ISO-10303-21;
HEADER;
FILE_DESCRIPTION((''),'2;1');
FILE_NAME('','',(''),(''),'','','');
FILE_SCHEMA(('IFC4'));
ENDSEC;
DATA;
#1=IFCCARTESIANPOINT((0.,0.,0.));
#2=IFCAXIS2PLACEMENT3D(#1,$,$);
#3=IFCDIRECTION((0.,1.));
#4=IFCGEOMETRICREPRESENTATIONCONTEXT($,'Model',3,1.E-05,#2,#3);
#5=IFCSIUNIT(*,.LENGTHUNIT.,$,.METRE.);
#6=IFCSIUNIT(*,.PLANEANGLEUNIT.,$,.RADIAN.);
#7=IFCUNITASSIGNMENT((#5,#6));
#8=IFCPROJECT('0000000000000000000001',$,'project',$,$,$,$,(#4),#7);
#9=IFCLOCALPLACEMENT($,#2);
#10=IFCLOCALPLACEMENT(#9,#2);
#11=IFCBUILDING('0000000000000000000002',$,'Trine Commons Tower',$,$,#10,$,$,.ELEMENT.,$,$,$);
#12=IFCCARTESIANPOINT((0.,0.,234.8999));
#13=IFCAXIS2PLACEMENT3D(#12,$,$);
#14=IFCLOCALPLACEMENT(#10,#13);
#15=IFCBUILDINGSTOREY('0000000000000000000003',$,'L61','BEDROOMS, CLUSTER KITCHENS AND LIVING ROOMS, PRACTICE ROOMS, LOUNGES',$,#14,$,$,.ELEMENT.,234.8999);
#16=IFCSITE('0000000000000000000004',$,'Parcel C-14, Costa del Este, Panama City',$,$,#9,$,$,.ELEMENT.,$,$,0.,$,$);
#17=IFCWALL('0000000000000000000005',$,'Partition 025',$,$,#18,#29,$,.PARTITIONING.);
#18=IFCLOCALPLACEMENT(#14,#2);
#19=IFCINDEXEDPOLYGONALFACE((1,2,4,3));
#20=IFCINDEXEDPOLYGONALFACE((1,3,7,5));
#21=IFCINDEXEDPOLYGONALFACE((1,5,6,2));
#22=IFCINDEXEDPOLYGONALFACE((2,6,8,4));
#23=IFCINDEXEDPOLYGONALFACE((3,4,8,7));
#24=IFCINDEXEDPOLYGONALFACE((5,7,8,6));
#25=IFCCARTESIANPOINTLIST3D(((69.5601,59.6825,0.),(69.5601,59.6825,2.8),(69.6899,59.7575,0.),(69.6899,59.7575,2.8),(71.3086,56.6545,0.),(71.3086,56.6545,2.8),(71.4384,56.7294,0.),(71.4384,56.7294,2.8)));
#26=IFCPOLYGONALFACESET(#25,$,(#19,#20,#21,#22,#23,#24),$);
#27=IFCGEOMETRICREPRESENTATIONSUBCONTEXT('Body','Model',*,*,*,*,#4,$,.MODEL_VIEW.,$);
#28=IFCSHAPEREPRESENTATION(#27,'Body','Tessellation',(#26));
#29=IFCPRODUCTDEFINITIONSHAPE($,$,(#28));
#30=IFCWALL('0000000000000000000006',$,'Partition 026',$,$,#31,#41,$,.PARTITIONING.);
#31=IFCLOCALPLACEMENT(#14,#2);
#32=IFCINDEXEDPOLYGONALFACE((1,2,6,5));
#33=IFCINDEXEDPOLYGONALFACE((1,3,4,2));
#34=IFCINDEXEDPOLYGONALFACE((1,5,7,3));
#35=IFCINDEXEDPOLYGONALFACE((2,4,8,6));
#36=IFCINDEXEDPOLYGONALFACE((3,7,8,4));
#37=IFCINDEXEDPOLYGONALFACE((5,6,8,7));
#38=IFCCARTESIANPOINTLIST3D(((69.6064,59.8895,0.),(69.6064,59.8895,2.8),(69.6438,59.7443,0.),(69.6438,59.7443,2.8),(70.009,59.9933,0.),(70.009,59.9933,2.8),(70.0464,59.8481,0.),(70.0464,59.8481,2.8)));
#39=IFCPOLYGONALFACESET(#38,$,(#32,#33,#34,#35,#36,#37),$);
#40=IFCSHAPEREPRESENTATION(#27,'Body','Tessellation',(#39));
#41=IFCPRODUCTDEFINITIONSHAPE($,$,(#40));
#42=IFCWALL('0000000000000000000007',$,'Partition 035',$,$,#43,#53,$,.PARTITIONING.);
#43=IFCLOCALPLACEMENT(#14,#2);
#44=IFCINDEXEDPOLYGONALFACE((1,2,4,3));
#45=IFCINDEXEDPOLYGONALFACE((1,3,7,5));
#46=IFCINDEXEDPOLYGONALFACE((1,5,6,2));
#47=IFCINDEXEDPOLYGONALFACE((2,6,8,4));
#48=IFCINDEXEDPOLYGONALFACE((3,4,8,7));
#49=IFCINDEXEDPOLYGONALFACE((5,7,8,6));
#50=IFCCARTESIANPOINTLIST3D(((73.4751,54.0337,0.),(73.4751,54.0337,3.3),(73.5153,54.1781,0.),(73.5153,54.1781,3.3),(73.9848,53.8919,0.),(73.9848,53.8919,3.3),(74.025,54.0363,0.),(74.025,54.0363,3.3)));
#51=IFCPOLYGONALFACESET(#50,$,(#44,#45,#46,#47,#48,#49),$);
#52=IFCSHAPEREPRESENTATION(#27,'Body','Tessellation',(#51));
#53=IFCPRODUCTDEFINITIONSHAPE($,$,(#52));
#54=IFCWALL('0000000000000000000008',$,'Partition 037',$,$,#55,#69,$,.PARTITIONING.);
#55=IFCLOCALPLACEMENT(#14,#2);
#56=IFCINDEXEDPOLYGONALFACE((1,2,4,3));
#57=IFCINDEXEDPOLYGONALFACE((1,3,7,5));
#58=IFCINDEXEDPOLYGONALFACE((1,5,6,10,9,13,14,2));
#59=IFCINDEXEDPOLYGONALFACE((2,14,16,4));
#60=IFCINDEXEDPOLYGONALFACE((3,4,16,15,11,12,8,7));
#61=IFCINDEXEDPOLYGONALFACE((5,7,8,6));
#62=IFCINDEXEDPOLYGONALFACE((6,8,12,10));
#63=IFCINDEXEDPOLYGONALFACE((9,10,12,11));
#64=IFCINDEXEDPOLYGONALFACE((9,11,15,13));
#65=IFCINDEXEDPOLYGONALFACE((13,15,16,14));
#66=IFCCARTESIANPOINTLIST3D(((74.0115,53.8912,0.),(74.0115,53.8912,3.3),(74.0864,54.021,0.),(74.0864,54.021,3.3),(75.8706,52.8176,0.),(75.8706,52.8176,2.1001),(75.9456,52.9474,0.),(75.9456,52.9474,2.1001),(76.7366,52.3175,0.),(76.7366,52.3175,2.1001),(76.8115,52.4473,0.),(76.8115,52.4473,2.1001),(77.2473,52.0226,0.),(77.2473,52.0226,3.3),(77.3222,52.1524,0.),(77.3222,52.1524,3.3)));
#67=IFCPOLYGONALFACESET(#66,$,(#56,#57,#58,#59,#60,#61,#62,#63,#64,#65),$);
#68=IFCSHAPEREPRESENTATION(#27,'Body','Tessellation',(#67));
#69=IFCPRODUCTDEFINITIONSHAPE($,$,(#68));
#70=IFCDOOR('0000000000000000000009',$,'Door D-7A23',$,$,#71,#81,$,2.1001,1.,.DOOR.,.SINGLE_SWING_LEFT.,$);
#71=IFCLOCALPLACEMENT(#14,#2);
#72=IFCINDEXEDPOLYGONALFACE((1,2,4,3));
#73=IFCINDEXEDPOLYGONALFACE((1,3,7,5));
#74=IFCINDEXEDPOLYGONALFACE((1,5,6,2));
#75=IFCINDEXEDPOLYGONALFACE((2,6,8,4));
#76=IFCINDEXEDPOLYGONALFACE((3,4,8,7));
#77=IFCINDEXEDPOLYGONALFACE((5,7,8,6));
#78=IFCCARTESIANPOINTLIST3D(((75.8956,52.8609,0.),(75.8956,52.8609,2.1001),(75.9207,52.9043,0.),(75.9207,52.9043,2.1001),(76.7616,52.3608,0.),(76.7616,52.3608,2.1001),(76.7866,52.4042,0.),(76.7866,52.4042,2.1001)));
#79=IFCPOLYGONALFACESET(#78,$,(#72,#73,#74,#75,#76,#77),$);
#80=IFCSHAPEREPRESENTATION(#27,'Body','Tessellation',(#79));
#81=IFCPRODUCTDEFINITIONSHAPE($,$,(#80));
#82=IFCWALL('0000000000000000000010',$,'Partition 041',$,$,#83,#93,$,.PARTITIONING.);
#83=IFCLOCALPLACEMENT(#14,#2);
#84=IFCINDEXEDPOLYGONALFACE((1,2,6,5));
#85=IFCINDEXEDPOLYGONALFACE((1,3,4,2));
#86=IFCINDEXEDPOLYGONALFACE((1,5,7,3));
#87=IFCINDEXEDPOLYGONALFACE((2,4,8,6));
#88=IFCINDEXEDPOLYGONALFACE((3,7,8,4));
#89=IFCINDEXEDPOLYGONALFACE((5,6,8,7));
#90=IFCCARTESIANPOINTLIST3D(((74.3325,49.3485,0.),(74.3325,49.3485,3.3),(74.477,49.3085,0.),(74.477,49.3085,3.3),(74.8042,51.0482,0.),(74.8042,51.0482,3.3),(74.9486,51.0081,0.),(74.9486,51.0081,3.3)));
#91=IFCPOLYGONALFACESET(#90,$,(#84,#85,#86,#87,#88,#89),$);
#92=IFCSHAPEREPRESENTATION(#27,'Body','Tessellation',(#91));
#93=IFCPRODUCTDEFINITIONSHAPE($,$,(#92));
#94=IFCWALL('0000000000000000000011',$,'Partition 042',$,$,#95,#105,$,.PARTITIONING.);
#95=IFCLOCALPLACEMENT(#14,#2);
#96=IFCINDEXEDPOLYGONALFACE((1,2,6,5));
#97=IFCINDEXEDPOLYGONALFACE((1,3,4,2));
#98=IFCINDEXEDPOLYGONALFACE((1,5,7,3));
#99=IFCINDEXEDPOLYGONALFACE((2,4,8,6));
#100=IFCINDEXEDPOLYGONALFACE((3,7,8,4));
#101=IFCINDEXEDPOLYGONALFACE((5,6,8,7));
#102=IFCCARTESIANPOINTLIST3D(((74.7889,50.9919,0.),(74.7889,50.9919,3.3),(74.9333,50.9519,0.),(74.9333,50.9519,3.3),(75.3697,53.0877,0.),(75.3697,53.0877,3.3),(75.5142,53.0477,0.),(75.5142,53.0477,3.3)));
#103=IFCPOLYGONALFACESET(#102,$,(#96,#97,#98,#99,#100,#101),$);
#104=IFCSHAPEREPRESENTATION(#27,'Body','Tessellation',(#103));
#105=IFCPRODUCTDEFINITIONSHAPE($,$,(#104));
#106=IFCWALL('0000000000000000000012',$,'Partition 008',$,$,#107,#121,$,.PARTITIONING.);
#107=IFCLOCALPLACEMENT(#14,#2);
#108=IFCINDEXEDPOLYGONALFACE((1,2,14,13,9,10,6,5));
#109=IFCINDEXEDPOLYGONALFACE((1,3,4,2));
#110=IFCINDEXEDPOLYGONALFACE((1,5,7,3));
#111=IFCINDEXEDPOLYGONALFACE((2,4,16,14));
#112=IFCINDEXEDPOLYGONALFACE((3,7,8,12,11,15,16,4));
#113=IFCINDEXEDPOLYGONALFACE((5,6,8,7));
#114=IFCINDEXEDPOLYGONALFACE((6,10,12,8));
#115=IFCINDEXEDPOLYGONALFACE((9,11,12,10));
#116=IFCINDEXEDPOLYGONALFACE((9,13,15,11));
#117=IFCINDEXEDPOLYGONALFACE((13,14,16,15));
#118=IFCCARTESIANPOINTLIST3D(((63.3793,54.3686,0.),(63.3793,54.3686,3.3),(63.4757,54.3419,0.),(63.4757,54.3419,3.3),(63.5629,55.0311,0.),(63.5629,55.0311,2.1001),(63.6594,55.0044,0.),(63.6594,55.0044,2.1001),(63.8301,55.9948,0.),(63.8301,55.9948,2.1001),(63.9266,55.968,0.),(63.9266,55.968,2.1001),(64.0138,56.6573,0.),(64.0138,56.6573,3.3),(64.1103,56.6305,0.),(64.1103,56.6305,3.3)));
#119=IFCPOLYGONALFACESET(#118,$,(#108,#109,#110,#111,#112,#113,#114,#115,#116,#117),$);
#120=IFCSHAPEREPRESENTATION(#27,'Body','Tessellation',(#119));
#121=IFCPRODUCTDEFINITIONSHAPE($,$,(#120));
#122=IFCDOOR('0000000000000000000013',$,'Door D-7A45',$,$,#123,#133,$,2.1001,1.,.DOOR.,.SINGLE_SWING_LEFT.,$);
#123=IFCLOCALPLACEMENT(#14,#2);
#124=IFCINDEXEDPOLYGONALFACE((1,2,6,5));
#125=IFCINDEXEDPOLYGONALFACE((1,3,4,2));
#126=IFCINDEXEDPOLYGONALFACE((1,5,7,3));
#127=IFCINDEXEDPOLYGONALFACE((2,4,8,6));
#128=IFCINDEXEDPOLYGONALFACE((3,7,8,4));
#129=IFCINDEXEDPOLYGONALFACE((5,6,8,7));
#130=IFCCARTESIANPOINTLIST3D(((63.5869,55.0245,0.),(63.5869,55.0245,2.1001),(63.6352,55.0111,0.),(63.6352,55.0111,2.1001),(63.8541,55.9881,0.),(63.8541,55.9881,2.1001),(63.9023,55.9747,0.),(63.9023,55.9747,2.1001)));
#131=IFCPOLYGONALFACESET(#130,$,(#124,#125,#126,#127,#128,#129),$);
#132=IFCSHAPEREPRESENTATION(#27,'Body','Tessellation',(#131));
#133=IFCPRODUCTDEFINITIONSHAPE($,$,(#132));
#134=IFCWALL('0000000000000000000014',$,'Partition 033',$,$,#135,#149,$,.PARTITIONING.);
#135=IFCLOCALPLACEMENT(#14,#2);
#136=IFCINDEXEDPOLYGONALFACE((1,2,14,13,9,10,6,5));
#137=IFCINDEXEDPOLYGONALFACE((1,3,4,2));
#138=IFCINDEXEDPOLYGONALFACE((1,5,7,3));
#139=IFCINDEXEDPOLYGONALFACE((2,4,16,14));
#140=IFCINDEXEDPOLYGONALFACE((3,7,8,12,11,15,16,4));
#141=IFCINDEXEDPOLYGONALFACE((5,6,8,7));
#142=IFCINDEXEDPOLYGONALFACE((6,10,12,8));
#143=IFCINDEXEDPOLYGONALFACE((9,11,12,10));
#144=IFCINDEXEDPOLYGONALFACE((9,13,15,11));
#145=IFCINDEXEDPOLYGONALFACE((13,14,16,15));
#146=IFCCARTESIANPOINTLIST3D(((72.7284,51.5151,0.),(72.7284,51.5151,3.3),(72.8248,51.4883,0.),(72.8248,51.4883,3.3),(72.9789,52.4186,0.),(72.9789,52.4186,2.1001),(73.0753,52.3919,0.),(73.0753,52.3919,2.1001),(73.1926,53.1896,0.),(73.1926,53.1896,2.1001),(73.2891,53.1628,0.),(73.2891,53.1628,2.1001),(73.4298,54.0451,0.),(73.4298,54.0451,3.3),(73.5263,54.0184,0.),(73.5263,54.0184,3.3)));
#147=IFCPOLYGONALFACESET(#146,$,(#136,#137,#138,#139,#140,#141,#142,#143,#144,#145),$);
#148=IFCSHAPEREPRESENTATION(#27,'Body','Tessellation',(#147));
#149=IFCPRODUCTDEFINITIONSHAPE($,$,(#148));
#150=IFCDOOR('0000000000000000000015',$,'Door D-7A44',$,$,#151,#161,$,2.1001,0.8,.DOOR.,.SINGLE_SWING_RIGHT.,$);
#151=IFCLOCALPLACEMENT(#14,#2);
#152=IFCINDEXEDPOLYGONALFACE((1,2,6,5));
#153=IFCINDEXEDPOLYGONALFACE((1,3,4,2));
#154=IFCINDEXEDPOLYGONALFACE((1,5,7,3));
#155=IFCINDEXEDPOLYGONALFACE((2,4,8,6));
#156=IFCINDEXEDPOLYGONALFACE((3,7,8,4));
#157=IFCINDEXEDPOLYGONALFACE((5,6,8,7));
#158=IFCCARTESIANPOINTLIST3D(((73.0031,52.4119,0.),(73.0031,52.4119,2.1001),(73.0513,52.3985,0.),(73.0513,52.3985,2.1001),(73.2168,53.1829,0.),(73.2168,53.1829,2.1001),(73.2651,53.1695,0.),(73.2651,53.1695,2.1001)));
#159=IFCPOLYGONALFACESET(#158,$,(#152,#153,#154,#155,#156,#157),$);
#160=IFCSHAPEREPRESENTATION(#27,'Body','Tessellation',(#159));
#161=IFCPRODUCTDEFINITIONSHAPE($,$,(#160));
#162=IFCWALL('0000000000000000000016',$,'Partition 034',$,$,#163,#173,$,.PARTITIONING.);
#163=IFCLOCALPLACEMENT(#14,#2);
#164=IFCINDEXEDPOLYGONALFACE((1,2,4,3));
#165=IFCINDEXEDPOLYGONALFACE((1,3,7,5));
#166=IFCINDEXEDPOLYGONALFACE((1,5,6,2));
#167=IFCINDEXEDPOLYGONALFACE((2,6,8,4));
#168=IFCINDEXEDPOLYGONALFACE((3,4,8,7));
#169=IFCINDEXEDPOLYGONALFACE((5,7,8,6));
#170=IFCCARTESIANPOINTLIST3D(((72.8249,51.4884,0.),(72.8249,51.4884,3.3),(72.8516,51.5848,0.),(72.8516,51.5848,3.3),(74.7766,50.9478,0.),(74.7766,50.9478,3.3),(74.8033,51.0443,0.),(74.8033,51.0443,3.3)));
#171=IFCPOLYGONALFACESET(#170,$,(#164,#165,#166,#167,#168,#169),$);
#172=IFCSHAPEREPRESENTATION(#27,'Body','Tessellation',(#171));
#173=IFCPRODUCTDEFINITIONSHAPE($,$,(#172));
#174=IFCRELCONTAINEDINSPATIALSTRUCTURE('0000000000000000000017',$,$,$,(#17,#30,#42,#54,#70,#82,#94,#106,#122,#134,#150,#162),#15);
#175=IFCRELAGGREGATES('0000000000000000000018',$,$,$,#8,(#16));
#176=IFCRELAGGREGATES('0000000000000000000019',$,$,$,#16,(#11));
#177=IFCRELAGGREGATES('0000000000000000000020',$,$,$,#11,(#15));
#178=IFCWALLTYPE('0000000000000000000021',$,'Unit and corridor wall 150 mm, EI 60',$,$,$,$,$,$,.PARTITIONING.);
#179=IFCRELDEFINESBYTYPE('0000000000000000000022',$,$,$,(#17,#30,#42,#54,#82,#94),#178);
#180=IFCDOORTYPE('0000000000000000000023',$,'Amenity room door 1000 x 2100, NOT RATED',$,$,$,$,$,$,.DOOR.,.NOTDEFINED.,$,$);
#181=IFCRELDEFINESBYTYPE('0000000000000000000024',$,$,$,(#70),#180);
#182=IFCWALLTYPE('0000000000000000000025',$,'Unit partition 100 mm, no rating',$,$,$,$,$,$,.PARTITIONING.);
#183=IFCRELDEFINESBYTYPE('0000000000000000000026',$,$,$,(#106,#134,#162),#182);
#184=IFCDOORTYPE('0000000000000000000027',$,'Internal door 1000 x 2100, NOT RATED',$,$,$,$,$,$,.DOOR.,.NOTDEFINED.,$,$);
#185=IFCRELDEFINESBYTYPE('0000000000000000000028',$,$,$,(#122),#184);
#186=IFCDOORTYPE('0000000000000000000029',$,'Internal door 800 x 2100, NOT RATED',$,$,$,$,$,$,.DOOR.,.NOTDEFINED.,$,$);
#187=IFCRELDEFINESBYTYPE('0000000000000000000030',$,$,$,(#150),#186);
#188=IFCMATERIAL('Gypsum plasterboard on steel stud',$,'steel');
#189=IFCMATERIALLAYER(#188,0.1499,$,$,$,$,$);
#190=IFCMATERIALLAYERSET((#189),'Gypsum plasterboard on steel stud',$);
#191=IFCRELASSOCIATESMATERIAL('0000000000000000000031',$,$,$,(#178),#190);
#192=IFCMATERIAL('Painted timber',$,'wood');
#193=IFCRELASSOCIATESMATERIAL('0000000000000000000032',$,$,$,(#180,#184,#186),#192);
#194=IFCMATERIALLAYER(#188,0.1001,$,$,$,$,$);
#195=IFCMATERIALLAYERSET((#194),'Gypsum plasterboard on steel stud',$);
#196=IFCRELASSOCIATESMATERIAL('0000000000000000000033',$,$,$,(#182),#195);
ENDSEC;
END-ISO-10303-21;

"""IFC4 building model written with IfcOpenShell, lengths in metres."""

from ifc_helpers import new_model, si_unit, direction, frame, frame_2d, origin, place, context, subcontext, project, spatial, rectangle, extrude, material, layer, layer_set, type_object, element, fill, save


model = new_model("IFC4")

# Units and contexts
model_context = context("Model", 3, precision=1e-05, world=origin(), true_north=direction((0.0, 1.0)))
body_context = subcontext(model_context, "Body", "Model", "MODEL_VIEW")
ifc_project = project(units=[si_unit("LENGTHUNIT", "METRE"), si_unit("PLANEANGLEUNIT", "RADIAN")], contexts=[model_context])

# Site, building, storey
site_placement = place(None, origin())
site = spatial("IfcSite", under=ifc_project, at=site_placement, Name="Parcel C-14, Costa del Este, Panama City", CompositionType="ELEMENT", RefElevation=0.0)
building_placement = place(site_placement, origin())
building = spatial("IfcBuilding", under=site, at=building_placement, Name="Trine Commons Tower", CompositionType="ELEMENT")
storey_placement = place(building_placement, frame((0.0, 0.0, 234.8999)))
storey = spatial("IfcBuildingStorey", under=building, at=storey_placement, Name="L61", Description="BEDROOMS, CLUSTER KITCHENS AND LIVING ROOMS, PRACTICE ROOMS, LOUNGES", CompositionType="ELEMENT", Elevation=234.8999)

# Shared definitions
ifc_material_1 = material(Name="Gypsum plasterboard on steel stud", Category="steel")
ifc_layer_1 = layer(ifc_material_1, 0.1499)
ifc_layer_set_1 = layer_set([ifc_layer_1], Name="Gypsum plasterboard on steel stud")
wall_type_1 = type_object("IfcWallType", Name="Unit and corridor wall 150 mm, EI 60", PredefinedType="PARTITIONING", material=ifc_layer_set_1)
ifc_material_2 = material(Name="Painted timber", Category="wood")

# Walls
wall_1_placement = place(storey_placement, frame((69.625, 59.72, 0.0), z_axis=(0.0, 0.0, 1.0), x_axis=(0.500059, -0.865991, 0.0)))
element("IfcWall", 1, at=wall_1_placement, inside=storey, type_object=wall_type_1, Name="Partition 025", PredefinedType="PARTITIONING", context=body_context, shape_type="SweptSolid", body=[
    extrude(rectangle(XDim=3.4966, YDim=0.1499, at=frame_2d((1.7483, 0.0))), origin(), (0.0, 0.0, 1.0), 2.8),
])
wall_2_placement = place(storey_placement, frame((69.625, 59.8169, 0.0), z_axis=(0.0, 0.0, 1.0), x_axis=(0.968355, 0.249576, 0.0)))
element("IfcWall", 2, at=wall_2_placement, inside=storey, type_object=wall_type_1, Name="Partition 026", PredefinedType="PARTITIONING", context=body_context, shape_type="SweptSolid", body=[
    extrude(rectangle(XDim=0.4158, YDim=0.1499, at=frame_2d((0.208, 0.0))), origin(), (0.0, 0.0, 1.0), 2.8),
])
wall_3_placement = place(storey_placement, frame((73.4951, 54.106, 0.0), z_axis=(0.0, 0.0, 1.0), x_axis=(0.963399, -0.268072, 0.0)))
element("IfcWall", 3, at=wall_3_placement, inside=storey, type_object=wall_type_1, Name="Partition 035", PredefinedType="PARTITIONING", context=body_context, shape_type="SweptSolid", body=[
    extrude(rectangle(XDim=0.5291, YDim=0.1499, at=frame_2d((0.2646, 0.0))), origin(), (0.0, 0.0, 1.0), 3.3),
])

# Wall, opening, door
wall_4_placement = place(storey_placement, frame((74.0491, 53.9561, 0.0), z_axis=(0.0, 0.0, 1.0), x_axis=(0.865974, -0.500088, 0.0)))
wall_4 = element("IfcWall", 4, at=wall_4_placement, inside=storey, type_object=wall_type_1, Name="Partition 037", PredefinedType="PARTITIONING", context=body_context, shape_type="SweptSolid", body=[
    extrude(rectangle(XDim=3.7366, YDim=0.1499, at=frame_2d((1.8682, 0.0))), origin(), (0.0, 0.0, 1.0), 3.3),
])
opening_1_placement = place(wall_4_placement, frame((2.1467, 0.0, 0.0)))
opening_1 = element("IfcOpeningElement", 5, at=opening_1_placement, cuts=wall_4, PredefinedType="OPENING", context=body_context, shape_type="SweptSolid", body=[
    extrude(rectangle(XDim=1.0, YDim=2.1001, at=frame_2d((0.5, 1.05))), frame((0.0, 0.085, 0.0), z_axis=(0.0, -1.0, 0.0), x_axis=(1.0, 0.0, 0.0)), (0.0, 0.0, 1.0), 0.1699),
])
door_type_1 = type_object("IfcDoorType", Name="Amenity room door 1000 x 2100, NOT RATED", OperationType="NOTDEFINED", PredefinedType="DOOR", material=ifc_material_2)
door_1_placement = place(opening_1_placement, frame((1.0, 0.0, 0.0), z_axis=(0.0, 0.0, 1.0), x_axis=(-1.0, 0.0, 0.0)))
door_1 = element("IfcDoor", 6, at=door_1_placement, inside=storey, type_object=door_type_1, Name="Door D-7A23", OperationType="SINGLE_SWING_LEFT", OverallHeight=2.1001, OverallWidth=1.0, PredefinedType="DOOR", context=body_context, shape_type="SweptSolid", body=[
    extrude(rectangle(XDim=1.0, YDim=2.1001, at=frame_2d((0.5, 1.05))), frame((0.0, 0.0249, 0.0), z_axis=(0.0, -1.0, 0.0), x_axis=(1.0, 0.0, 0.0)), (0.0, 0.0, 1.0), 0.05),
])
fill(opening_1, door_1)

# Walls
wall_5_placement = place(storey_placement, frame((74.4048, 49.3286, 0.0), z_axis=(0.0, 0.0, 1.0), x_axis=(0.267401, 0.963585, 0.0)))
element("IfcWall", 7, at=wall_5_placement, inside=storey, type_object=wall_type_1, Name="Partition 041", PredefinedType="PARTITIONING", context=body_context, shape_type="SweptSolid", body=[
    extrude(rectangle(XDim=1.7639, YDim=0.1499, at=frame_2d((0.8818, 0.0))), origin(), (0.0, 0.0, 1.0), 3.3),
])
wall_6_placement = place(storey_placement, frame((74.8611, 50.9719, 0.0), z_axis=(0.0, 0.0, 1.0), x_axis=(0.267076, 0.963675, 0.0)))
element("IfcWall", 8, at=wall_6_placement, inside=storey, type_object=wall_type_1, Name="Partition 042", PredefinedType="PARTITIONING", context=body_context, shape_type="SweptSolid", body=[
    extrude(rectangle(XDim=2.1748, YDim=0.1499, at=frame_2d((1.0874, 0.0))), origin(), (0.0, 0.0, 1.0), 3.3),
])

# Walls, openings, doors
ifc_layer_2 = layer(ifc_material_1, 0.1001)
ifc_layer_set_2 = layer_set([ifc_layer_2], Name="Gypsum plasterboard on steel stud")
wall_type_2 = type_object("IfcWallType", Name="Unit partition 100 mm, no rating", PredefinedType="PARTITIONING", material=ifc_layer_set_2)
wall_7_placement = place(storey_placement, frame((63.4275, 54.3552, 0.0), z_axis=(0.0, 0.0, 1.0), x_axis=(0.267177, 0.963647, 0.0)))
wall_7 = element("IfcWall", 9, at=wall_7_placement, inside=storey, type_object=wall_type_2, Name="Partition 008", PredefinedType="PARTITIONING", context=body_context, shape_type="SweptSolid", body=[
    extrude(rectangle(XDim=2.375, YDim=0.1001, at=frame_2d((1.1875, 0.0))), origin(), (0.0, 0.0, 1.0), 3.3),
])
opening_2_placement = place(wall_7_placement, frame((0.6875, 0.0, 0.0)))
opening_2 = element("IfcOpeningElement", 10, at=opening_2_placement, cuts=wall_7, PredefinedType="OPENING", context=body_context, shape_type="SweptSolid", body=[
    extrude(rectangle(XDim=1.0, YDim=2.1001, at=frame_2d((0.5, 1.05))), frame((0.0, 0.0601, 0.0), z_axis=(0.0, -1.0, 0.0), x_axis=(1.0, 0.0, 0.0)), (0.0, 0.0, 1.0), 0.1201),
])
door_type_2 = type_object("IfcDoorType", Name="Internal door 1000 x 2100, NOT RATED", OperationType="NOTDEFINED", PredefinedType="DOOR", material=ifc_material_2)
door_2_placement = place(opening_2_placement, frame((1.0, 0.0, 0.0), z_axis=(0.0, 0.0, 1.0), x_axis=(-1.0, 0.0, 0.0)))
door_2 = element("IfcDoor", 11, at=door_2_placement, inside=storey, type_object=door_type_2, Name="Door D-7A45", OperationType="SINGLE_SWING_LEFT", OverallHeight=2.1001, OverallWidth=1.0, PredefinedType="DOOR", context=body_context, shape_type="SweptSolid", body=[
    extrude(rectangle(XDim=1.0, YDim=2.1001, at=frame_2d((0.5, 1.05))), frame((0.0, 0.0249, 0.0), z_axis=(0.0, -1.0, 0.0), x_axis=(1.0, 0.0, 0.0)), (0.0, 0.0, 1.0), 0.05),
])
fill(opening_2, door_2)
wall_8_placement = place(storey_placement, frame((72.7766, 51.5017, 0.0), z_axis=(0.0, 0.0, 1.0), x_axis=(0.267159, 0.963652, 0.0)))
wall_8 = element("IfcWall", 12, at=wall_8_placement, inside=storey, type_object=wall_type_2, Name="Partition 033", PredefinedType="PARTITIONING", context=body_context, shape_type="SweptSolid", body=[
    extrude(rectangle(XDim=2.6255, YDim=0.1001, at=frame_2d((1.3127, 0.0))), origin(), (0.0, 0.0, 1.0), 3.3),
])
opening_3_placement = place(wall_8_placement, frame((0.9377, 0.0, 0.0)))
opening_3 = element("IfcOpeningElement", 13, at=opening_3_placement, cuts=wall_8, PredefinedType="OPENING", context=body_context, shape_type="SweptSolid", body=[
    extrude(rectangle(XDim=0.8, YDim=2.1001, at=frame_2d((0.3999, 1.05))), frame((0.0, 0.0601, 0.0), z_axis=(0.0, -1.0, 0.0), x_axis=(1.0, 0.0, 0.0)), (0.0, 0.0, 1.0), 0.1201),
])
door_type_3 = type_object("IfcDoorType", Name="Internal door 800 x 2100, NOT RATED", OperationType="NOTDEFINED", PredefinedType="DOOR", material=ifc_material_2)
door_3_placement = place(opening_3_placement, origin())
door_3 = element("IfcDoor", 14, at=door_3_placement, inside=storey, type_object=door_type_3, Name="Door D-7A44", OperationType="SINGLE_SWING_RIGHT", OverallHeight=2.1001, OverallWidth=0.8, PredefinedType="DOOR", context=body_context, shape_type="SweptSolid", body=[
    extrude(rectangle(XDim=0.8, YDim=2.1001, at=frame_2d((0.3999, 1.05))), frame((0.0, 0.0249, 0.0), z_axis=(0.0, -1.0, 0.0), x_axis=(1.0, 0.0, 0.0)), (0.0, 0.0, 1.0), 0.05),
])
fill(opening_3, door_3)

# Wall
wall_9_placement = place(storey_placement, frame((72.8381, 51.5366, 0.0), z_axis=(0.0, 0.0, 1.0), x_axis=(0.963721, -0.26691, 0.0)))
element("IfcWall", 15, at=wall_9_placement, inside=storey, type_object=wall_type_2, Name="Partition 034", PredefinedType="PARTITIONING", context=body_context, shape_type="SweptSolid", body=[
    extrude(rectangle(XDim=2.0251, YDim=0.1001, at=frame_2d((1.0127, 0.0))), origin(), (0.0, 0.0, 1.0), 3.3),
])

save(model, "model.ifc")
